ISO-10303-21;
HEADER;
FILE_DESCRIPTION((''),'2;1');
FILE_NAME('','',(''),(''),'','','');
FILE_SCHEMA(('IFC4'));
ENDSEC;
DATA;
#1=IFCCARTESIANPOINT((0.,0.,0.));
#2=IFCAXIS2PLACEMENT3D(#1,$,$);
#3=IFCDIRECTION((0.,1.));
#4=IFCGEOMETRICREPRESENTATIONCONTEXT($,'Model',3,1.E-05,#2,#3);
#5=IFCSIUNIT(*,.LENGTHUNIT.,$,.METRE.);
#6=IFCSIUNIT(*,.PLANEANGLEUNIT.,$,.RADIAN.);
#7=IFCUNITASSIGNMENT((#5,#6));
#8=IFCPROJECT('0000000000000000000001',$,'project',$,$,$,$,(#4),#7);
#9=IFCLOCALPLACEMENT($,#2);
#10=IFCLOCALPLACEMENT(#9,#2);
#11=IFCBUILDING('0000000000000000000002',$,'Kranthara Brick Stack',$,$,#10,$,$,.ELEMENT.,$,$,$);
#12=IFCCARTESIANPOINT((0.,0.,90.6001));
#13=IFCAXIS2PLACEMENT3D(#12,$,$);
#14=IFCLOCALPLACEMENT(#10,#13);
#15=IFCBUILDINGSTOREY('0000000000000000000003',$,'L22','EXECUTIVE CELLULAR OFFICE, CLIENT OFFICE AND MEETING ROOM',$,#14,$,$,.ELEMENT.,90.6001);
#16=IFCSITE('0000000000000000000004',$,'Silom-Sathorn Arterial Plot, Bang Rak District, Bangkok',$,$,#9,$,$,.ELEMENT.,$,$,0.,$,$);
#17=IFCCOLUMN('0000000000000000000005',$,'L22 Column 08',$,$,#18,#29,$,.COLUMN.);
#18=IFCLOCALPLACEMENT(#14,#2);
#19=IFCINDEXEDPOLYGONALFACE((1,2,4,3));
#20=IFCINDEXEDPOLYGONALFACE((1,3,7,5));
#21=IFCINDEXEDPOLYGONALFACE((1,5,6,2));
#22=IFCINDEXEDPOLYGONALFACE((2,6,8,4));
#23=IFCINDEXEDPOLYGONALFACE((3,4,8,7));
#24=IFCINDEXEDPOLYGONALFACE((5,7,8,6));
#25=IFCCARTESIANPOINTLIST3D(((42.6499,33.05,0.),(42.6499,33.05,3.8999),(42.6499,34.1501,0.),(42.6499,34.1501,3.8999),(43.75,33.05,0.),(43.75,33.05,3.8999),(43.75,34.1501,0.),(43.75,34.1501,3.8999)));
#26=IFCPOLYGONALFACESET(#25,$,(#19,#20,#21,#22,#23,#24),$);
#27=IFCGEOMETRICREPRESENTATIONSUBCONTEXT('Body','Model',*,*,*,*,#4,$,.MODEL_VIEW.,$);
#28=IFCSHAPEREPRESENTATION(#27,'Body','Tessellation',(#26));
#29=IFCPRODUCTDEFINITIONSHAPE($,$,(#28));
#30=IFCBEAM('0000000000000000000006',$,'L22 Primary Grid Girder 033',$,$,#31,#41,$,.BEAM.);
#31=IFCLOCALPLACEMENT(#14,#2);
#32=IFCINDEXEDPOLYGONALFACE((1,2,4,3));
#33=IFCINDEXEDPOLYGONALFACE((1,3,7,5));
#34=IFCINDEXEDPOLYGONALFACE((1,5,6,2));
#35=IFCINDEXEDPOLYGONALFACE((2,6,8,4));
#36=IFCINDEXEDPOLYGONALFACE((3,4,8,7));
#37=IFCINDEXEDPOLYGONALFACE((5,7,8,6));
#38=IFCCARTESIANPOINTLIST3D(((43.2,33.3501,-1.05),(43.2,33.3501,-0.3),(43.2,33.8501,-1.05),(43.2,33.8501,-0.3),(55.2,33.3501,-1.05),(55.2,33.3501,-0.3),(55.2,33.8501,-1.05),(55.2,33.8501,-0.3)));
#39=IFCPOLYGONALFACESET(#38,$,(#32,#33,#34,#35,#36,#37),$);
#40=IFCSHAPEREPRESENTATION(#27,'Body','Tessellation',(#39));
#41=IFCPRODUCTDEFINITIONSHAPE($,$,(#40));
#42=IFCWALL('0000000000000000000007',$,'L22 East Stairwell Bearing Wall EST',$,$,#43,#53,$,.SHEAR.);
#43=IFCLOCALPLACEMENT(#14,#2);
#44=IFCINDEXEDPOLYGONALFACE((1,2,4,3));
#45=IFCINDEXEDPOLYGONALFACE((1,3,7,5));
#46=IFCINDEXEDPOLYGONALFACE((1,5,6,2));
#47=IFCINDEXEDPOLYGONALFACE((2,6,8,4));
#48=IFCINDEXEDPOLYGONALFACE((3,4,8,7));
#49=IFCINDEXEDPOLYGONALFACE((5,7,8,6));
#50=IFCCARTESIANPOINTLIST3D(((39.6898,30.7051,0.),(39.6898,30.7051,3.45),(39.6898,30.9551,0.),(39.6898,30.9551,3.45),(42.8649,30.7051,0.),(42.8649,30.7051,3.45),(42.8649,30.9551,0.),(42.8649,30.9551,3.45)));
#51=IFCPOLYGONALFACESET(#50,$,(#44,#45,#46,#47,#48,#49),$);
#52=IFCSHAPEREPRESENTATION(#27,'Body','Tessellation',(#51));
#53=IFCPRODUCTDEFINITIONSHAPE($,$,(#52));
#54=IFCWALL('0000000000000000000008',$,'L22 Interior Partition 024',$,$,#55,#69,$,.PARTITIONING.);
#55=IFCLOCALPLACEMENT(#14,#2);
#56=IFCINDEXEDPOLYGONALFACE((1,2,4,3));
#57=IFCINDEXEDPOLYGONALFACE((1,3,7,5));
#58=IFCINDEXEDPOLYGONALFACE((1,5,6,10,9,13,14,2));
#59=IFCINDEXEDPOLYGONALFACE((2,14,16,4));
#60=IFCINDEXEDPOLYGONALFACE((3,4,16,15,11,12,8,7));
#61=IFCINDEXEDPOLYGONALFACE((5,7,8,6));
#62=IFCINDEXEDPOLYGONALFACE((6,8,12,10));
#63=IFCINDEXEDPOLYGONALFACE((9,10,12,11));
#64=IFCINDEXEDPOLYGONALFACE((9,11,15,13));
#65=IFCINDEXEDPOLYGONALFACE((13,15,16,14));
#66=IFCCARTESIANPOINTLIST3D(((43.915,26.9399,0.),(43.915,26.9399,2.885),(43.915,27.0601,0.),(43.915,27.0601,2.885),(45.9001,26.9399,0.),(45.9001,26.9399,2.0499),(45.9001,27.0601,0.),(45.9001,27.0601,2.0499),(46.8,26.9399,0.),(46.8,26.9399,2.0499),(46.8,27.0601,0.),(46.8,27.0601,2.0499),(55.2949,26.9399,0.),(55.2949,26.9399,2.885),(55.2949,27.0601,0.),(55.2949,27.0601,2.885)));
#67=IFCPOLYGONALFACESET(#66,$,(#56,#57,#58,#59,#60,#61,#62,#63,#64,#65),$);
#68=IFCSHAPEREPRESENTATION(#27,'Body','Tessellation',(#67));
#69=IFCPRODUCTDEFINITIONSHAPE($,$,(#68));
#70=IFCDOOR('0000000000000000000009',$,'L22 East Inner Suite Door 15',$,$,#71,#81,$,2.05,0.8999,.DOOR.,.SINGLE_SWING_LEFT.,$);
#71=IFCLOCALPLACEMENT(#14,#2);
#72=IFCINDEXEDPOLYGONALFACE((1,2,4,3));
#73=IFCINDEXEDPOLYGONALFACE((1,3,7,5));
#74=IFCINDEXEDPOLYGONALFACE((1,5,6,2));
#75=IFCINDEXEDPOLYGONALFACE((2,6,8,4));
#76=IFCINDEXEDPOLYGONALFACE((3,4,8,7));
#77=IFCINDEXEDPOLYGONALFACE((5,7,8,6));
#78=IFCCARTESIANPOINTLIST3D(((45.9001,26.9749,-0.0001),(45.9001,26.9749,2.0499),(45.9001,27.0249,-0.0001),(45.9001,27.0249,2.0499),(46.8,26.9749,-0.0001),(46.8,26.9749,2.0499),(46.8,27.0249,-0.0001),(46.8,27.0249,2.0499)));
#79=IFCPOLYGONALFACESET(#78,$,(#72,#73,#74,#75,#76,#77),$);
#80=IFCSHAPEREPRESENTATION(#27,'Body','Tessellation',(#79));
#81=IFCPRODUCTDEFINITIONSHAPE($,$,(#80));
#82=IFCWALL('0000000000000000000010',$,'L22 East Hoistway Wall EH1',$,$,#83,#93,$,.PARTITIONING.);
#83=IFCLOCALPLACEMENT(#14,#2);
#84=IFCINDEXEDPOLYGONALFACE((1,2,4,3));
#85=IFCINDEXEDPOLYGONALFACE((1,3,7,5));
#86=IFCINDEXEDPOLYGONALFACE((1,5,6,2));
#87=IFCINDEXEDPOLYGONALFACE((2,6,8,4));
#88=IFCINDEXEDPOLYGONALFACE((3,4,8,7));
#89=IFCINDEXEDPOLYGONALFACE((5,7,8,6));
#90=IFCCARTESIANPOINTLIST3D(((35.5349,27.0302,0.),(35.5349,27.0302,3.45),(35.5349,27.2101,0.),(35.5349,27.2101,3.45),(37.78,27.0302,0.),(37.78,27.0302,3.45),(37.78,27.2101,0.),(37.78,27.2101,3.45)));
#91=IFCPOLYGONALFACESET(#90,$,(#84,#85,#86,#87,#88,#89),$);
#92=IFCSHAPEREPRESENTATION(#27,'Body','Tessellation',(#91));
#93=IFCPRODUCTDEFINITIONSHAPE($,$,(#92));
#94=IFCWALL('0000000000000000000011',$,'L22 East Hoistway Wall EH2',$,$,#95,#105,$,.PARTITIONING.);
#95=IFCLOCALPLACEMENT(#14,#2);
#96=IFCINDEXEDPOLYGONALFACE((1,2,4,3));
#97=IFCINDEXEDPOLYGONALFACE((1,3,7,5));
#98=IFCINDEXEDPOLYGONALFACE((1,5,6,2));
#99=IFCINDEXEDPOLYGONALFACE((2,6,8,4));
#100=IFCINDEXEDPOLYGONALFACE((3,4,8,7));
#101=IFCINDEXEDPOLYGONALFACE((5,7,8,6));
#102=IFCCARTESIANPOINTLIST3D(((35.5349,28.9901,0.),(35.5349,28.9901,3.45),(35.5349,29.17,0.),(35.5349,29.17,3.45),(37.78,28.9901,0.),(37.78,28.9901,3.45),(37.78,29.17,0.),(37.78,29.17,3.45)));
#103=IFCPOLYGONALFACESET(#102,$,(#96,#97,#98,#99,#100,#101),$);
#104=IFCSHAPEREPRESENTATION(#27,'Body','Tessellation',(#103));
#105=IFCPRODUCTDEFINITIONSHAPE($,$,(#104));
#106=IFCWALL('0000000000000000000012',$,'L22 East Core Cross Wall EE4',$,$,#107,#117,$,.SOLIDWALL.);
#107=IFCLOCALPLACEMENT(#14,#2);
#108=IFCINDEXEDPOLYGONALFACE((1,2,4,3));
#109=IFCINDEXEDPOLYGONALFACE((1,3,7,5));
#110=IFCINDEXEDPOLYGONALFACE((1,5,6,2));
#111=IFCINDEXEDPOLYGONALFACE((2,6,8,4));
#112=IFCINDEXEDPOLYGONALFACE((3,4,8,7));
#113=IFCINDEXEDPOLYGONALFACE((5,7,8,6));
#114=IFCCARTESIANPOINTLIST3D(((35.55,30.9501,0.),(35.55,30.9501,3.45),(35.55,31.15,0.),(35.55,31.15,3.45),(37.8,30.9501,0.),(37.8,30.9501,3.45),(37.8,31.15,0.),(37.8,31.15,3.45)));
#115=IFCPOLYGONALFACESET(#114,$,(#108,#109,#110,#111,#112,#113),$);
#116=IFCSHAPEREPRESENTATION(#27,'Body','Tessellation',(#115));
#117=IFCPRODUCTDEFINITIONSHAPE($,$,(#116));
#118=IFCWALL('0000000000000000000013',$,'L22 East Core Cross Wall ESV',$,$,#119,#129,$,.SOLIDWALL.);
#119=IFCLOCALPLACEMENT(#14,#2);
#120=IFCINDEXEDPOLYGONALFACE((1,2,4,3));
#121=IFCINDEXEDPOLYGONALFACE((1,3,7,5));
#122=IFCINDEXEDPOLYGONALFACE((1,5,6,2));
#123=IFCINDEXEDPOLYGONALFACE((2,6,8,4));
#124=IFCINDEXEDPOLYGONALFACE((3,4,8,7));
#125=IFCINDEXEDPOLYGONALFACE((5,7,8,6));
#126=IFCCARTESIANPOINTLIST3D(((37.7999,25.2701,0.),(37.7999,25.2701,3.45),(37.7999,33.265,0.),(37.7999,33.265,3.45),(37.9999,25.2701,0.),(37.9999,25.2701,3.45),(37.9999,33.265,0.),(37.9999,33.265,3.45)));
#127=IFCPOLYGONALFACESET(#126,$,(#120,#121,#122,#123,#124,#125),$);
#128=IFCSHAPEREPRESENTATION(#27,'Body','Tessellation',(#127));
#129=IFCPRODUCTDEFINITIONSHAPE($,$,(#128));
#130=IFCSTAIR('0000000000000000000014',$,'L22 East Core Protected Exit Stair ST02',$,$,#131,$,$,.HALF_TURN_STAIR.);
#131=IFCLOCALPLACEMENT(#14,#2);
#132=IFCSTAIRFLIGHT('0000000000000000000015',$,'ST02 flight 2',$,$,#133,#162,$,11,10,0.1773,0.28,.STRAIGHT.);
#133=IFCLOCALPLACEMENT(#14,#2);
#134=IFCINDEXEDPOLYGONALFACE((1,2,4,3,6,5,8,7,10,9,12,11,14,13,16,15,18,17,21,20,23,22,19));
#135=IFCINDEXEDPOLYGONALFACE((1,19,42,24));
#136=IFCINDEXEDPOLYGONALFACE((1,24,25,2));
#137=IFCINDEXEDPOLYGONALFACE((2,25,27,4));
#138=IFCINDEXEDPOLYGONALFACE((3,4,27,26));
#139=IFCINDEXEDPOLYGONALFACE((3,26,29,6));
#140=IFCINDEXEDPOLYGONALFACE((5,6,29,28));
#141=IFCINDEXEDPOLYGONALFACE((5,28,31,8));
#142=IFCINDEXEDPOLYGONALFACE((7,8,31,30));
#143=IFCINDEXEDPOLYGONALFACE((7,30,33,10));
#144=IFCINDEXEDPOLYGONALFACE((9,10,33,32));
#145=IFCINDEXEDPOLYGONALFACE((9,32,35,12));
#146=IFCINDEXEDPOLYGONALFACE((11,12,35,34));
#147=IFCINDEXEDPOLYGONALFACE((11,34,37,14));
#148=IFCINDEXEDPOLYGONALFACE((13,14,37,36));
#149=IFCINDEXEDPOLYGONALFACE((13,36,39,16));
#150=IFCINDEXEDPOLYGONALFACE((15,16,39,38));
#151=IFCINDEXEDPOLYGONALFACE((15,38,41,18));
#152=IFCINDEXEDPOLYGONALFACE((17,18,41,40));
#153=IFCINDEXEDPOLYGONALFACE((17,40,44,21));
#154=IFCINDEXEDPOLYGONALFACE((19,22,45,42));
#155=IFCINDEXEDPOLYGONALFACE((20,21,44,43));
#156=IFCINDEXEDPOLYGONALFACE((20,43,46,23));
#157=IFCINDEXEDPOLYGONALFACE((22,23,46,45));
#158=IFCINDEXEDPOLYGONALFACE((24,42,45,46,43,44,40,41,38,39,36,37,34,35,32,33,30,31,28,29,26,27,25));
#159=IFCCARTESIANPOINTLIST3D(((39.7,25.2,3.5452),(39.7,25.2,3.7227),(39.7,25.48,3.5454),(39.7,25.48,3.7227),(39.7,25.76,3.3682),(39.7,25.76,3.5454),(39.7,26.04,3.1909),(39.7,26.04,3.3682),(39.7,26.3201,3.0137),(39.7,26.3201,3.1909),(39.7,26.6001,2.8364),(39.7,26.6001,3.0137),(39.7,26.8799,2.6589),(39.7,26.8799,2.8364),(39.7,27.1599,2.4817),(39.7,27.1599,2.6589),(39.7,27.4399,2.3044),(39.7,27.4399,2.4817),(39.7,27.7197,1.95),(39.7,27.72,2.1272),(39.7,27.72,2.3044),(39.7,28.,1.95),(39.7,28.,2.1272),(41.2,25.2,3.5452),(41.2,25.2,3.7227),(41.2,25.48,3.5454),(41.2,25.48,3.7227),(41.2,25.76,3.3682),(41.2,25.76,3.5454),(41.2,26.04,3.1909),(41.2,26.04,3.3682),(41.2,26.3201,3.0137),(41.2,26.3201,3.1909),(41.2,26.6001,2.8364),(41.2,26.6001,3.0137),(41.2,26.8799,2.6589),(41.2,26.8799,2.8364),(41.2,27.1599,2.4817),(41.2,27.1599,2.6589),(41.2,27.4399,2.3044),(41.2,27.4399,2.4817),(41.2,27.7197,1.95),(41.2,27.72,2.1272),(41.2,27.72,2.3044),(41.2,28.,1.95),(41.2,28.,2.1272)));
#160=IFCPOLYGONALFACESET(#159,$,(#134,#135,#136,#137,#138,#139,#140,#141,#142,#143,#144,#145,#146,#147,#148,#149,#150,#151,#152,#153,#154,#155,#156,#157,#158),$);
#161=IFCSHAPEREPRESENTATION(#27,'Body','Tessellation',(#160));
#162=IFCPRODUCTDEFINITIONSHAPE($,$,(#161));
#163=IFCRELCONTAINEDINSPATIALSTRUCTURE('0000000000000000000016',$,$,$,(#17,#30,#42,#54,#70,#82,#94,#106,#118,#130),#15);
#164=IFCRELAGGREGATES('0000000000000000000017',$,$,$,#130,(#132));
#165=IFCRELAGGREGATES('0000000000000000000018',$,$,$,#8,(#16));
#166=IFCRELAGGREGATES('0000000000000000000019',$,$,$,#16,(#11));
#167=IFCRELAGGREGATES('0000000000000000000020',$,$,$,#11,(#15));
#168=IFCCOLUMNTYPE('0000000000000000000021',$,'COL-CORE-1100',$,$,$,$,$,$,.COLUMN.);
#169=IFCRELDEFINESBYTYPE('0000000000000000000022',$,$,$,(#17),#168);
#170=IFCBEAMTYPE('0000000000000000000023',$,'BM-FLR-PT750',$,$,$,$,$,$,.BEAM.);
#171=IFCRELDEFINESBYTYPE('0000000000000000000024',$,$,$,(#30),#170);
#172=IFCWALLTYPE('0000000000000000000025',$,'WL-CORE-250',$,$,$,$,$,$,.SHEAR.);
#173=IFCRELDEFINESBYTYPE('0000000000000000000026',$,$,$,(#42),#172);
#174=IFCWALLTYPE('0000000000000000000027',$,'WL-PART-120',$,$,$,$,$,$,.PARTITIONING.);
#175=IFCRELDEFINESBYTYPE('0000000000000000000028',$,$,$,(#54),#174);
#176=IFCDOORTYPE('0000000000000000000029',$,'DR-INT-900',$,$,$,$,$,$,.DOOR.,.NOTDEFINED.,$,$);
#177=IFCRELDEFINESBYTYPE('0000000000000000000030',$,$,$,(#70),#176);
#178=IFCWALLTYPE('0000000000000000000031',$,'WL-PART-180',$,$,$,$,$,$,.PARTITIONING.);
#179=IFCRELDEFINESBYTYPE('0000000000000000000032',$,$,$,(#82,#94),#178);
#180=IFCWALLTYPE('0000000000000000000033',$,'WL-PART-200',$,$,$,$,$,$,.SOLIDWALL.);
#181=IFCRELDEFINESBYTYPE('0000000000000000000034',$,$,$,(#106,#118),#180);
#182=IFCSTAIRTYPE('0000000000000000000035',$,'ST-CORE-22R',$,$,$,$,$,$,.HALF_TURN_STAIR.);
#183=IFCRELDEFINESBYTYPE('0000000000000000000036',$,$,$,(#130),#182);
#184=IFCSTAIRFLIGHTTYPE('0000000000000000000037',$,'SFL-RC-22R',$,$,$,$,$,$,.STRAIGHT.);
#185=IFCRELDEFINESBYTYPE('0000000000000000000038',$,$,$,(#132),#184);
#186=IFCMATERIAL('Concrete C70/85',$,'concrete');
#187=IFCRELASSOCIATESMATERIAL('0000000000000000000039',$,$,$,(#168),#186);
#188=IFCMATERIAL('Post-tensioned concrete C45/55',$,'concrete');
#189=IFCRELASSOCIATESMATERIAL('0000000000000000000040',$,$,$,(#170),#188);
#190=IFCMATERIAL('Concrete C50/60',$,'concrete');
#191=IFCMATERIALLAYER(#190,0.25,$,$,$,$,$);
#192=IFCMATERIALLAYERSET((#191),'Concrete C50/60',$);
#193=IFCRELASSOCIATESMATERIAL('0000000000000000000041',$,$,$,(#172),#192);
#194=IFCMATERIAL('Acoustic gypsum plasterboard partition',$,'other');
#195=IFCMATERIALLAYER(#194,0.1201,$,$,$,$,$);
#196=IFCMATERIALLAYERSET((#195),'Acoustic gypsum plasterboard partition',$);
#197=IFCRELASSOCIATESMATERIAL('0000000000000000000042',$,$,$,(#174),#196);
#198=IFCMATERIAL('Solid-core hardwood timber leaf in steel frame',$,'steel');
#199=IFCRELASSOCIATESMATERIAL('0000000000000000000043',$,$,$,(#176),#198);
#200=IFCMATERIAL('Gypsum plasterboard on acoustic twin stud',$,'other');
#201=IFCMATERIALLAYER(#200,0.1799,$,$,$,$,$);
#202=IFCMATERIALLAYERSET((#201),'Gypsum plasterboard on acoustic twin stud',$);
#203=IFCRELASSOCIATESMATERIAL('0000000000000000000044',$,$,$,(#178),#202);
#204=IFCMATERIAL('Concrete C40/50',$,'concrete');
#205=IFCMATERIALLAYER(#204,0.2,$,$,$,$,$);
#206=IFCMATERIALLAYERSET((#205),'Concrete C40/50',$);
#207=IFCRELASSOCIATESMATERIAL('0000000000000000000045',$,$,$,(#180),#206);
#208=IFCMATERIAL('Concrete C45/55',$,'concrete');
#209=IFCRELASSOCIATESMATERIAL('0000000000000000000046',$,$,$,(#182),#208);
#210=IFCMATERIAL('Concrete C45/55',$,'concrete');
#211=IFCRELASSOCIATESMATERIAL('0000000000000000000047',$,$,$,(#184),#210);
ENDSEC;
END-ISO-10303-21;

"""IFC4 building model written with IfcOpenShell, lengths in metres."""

from ifc_helpers import new_model, si_unit, direction, frame, frame_2d, origin, origin_2d, place, context, subcontext, project, spatial, polyline, rectangle, outline, extrude, material, layer, layer_set, material_profile, profile_set, type_object, element, fill, aggregate, save


model = new_model("IFC4")

# Units and contexts
model_context = context("Model", 3, precision=1e-05, world=origin(), true_north=direction((0.0, 1.0)))
body_context = subcontext(model_context, "Body", "Model", "MODEL_VIEW")
ifc_project = project(units=[si_unit("LENGTHUNIT", "METRE"), si_unit("PLANEANGLEUNIT", "RADIAN")], contexts=[model_context])

# Site, building, storey
site_placement = place(None, origin())
site = spatial("IfcSite", under=ifc_project, at=site_placement, Name="Silom-Sathorn Arterial Plot, Bang Rak District, Bangkok", CompositionType="ELEMENT", RefElevation=0.0)
building_placement = place(site_placement, origin())
building = spatial("IfcBuilding", under=site, at=building_placement, Name="Kranthara Brick Stack", CompositionType="ELEMENT")
storey_placement = place(building_placement, frame((0.0, 0.0, 90.6001)))
storey = spatial("IfcBuildingStorey", under=building, at=storey_placement, Name="L22", Description="EXECUTIVE CELLULAR OFFICE, CLIENT OFFICE AND MEETING ROOM", CompositionType="ELEMENT", Elevation=90.6001)

# Column
ifc_material_1 = material(Name="Concrete C70/85", Category="concrete")
ifc_material_profile_1 = material_profile(ifc_material_1, rectangle(XDim=1.1001, YDim=1.1001, at=origin_2d()), Name="RC 1100x1100")
ifc_profile_set_1 = profile_set([ifc_material_profile_1], Name="Concrete C70/85")
column_type = type_object("IfcColumnType", Name="COL-CORE-1100", PredefinedType="COLUMN", material=ifc_profile_set_1)
column_placement = place(storey_placement, frame((43.2, 33.6001, 0.0), z_axis=(0.0, 0.0, 1.0), x_axis=(1.0, 0.0, 0.0)))
element("IfcColumn", 1, at=column_placement, inside=storey, type_object=column_type, Name="L22 Column 08", PredefinedType="COLUMN", context=body_context, shape_type="SweptSolid", body=[
    extrude(rectangle(XDim=1.1001, YDim=1.1001, at=origin_2d()), origin(), (0.0, 0.0, 1.0), 3.8999),
])

# Beam
ifc_material_2 = material(Name="Post-tensioned concrete C45/55", Category="concrete")
ifc_material_profile_2 = material_profile(ifc_material_2, rectangle(XDim=0.5, YDim=0.75, at=origin_2d()), Name="PT 500x750")
ifc_profile_set_2 = profile_set([ifc_material_profile_2], Name="Post-tensioned concrete C45/55")
beam_type = type_object("IfcBeamType", Name="BM-FLR-PT750", PredefinedType="BEAM", material=ifc_profile_set_2)
beam_placement = place(storey_placement, frame((43.2, 33.6001, -0.675), z_axis=(1.0, 0.0, 0.0), x_axis=(0.0, 1.0, 0.0)))
element("IfcBeam", 2, at=beam_placement, inside=storey, type_object=beam_type, Name="L22 Primary Grid Girder 033", PredefinedType="BEAM", context=body_context, shape_type="SweptSolid", body=[
    extrude(rectangle(XDim=0.5, YDim=0.75, at=origin_2d()), origin(), (0.0, 0.0, 1.0), 12.0),
])

# Wall
ifc_material_3 = material(Name="Concrete C50/60", Category="concrete")
ifc_layer_1 = layer(ifc_material_3, 0.25)
ifc_layer_set_1 = layer_set([ifc_layer_1], Name="Concrete C50/60")
wall_type_1 = type_object("IfcWallType", Name="WL-CORE-250", PredefinedType="SHEAR", material=ifc_layer_set_1)
wall_1_placement = place(storey_placement, frame((39.6899, 30.8301, 0.0), z_axis=(0.0, 0.0, 1.0), x_axis=(1.0, 0.0, 0.0)))
element("IfcWall", 3, at=wall_1_placement, inside=storey, type_object=wall_type_1, Name="L22 East Stairwell Bearing Wall EST", PredefinedType="SHEAR", context=body_context, shape_type="SweptSolid", body=[
    extrude(rectangle(XDim=3.175, YDim=0.25, at=frame_2d((1.5874, 0.0))), origin(), (0.0, 0.0, 1.0), 3.45),
])

# Wall, opening, door
ifc_material_4 = material(Name="Acoustic gypsum plasterboard partition", Category="other")
ifc_layer_2 = layer(ifc_material_4, 0.1201)
ifc_layer_set_2 = layer_set([ifc_layer_2], Name="Acoustic gypsum plasterboard partition")
wall_type_2 = type_object("IfcWallType", Name="WL-PART-120", PredefinedType="PARTITIONING", material=ifc_layer_set_2)
wall_2_placement = place(storey_placement, frame((43.915, 27.0, 0.0), z_axis=(0.0, 0.0, 1.0), x_axis=(1.0, 0.0, 0.0)))
wall_2 = element("IfcWall", 4, at=wall_2_placement, inside=storey, type_object=wall_type_2, Name="L22 Interior Partition 024", PredefinedType="PARTITIONING", context=body_context, shape_type="SweptSolid", body=[
    extrude(rectangle(XDim=11.3799, YDim=0.1201, at=frame_2d((5.6899, 0.0))), origin(), (0.0, 0.0, 1.0), 2.885),
])
opening_1_placement = place(wall_2_placement, frame((1.9851, 0.0, 0.0)))
opening_1 = element("IfcOpeningElement", 5, at=opening_1_placement, cuts=wall_2, PredefinedType="OPENING", context=body_context, shape_type="SweptSolid", body=[
    extrude(rectangle(XDim=0.8999, YDim=2.05, at=frame_2d((0.45, 1.0249))), frame((0.0, 0.0701, 0.0), z_axis=(0.0, -1.0, 0.0), x_axis=(1.0, 0.0, 0.0)), (0.0, 0.0, 1.0), 0.1401),
])
ifc_material_5 = material(Name="Solid-core hardwood timber leaf in steel frame", Category="steel")
door_type_1 = type_object("IfcDoorType", Name="DR-INT-900", OperationType="NOTDEFINED", PredefinedType="DOOR", material=ifc_material_5)
door_1_placement = place(opening_1_placement, origin())
door_1 = element("IfcDoor", 6, at=door_1_placement, inside=storey, type_object=door_type_1, Name="L22 East Inner Suite Door 15", OperationType="SINGLE_SWING_LEFT", OverallHeight=2.05, OverallWidth=0.8999, PredefinedType="DOOR", context=body_context, shape_type="SweptSolid", body=[
    extrude(rectangle(XDim=0.8999, YDim=2.05, at=frame_2d((0.45, 1.0249))), frame((0.0, 0.0249, 0.0), z_axis=(0.0, -1.0, 0.0), x_axis=(1.0, 0.0, 0.0)), (0.0, 0.0, 1.0), 0.05),
])
fill(opening_1, door_1)

# Walls
ifc_material_6 = material(Name="Gypsum plasterboard on acoustic twin stud", Category="other")
ifc_layer_3 = layer(ifc_material_6, 0.1799)
ifc_layer_set_3 = layer_set([ifc_layer_3], Name="Gypsum plasterboard on acoustic twin stud")
wall_type_3 = type_object("IfcWallType", Name="WL-PART-180", PredefinedType="PARTITIONING", material=ifc_layer_set_3)
for number, where, z_axis, x_axis, name in (
    (7, (35.5349, 27.1201, 0.0), (0.0, 0.0, 1.0), (1.0, 0.0, 0.0), "L22 East Hoistway Wall EH1"),
    (8, (35.5349, 29.0801, 0.0), (0.0, 0.0, 1.0), (1.0, 0.0, 0.0), "L22 East Hoistway Wall EH2"),
):
    element("IfcWall", number, at=place(storey_placement, frame(where, z_axis=z_axis, x_axis=x_axis)), inside=storey, type_object=wall_type_3, Name=name, PredefinedType="PARTITIONING", context=body_context, shape_type="SweptSolid", body=[
        extrude(rectangle(XDim=2.2451, YDim=0.1799, at=frame_2d((1.1226, 0.0))), origin(), (0.0, 0.0, 1.0), 3.45),
    ])
ifc_material_7 = material(Name="Concrete C40/50", Category="concrete")
ifc_layer_4 = layer(ifc_material_7, 0.2)
ifc_layer_set_4 = layer_set([ifc_layer_4], Name="Concrete C40/50")
wall_type_4 = type_object("IfcWallType", Name="WL-PART-200", PredefinedType="SOLIDWALL", material=ifc_layer_set_4)
wall_3_placement = place(storey_placement, frame((35.55, 31.05, 0.0), z_axis=(0.0, 0.0, 1.0), x_axis=(1.0, 0.0, 0.0)))
element("IfcWall", 9, at=wall_3_placement, inside=storey, type_object=wall_type_4, Name="L22 East Core Cross Wall EE4", PredefinedType="SOLIDWALL", context=body_context, shape_type="SweptSolid", body=[
    extrude(rectangle(XDim=2.25, YDim=0.2, at=frame_2d((1.125, 0.0))), origin(), (0.0, 0.0, 1.0), 3.45),
])
wall_4_placement = place(storey_placement, frame((37.8999, 25.27, 0.0), z_axis=(0.0, 0.0, 1.0), x_axis=(0.0, 1.0, 0.0)))
element("IfcWall", 10, at=wall_4_placement, inside=storey, type_object=wall_type_4, Name="L22 East Core Cross Wall ESV", PredefinedType="SOLIDWALL", context=body_context, shape_type="SweptSolid", body=[
    extrude(rectangle(XDim=7.9949, YDim=0.2, at=frame_2d((3.9976, 0.0))), origin(), (0.0, 0.0, 1.0), 3.45),
])

# Stair, stair flight
ifc_material_8 = material(Name="Concrete C45/55", Category="concrete")
stair_type = type_object("IfcStairType", Name="ST-CORE-22R", PredefinedType="HALF_TURN_STAIR", material=ifc_material_8)
stair_placement = place(storey_placement, origin())
stair = element("IfcStair", 11, at=stair_placement, inside=storey, type_object=stair_type, Name="L22 East Core Protected Exit Stair ST02", PredefinedType="HALF_TURN_STAIR")
ifc_material_9 = material(Name="Concrete C45/55", Category="concrete")
stair_flight_type = type_object("IfcStairFlightType", Name="SFL-RC-22R", PredefinedType="STRAIGHT", material=ifc_material_9)
stair_flight_placement = place(storey_placement, frame((40.45, 28.0, 1.95), z_axis=(0.0, 0.0, 1.0), x_axis=(0.0, -1.0, 0.0)))
stair_flight = element("IfcStairFlight", 12, at=stair_flight_placement, type_object=stair_flight_type, Name="ST02 flight 2", NumberOfRisers=11, NumberOfTreads=10, PredefinedType="STRAIGHT", RiserHeight=0.1773, TreadLength=0.28, context=body_context, shape_type="SweptSolid", body=[
    extrude(outline(polyline([(0.0, 0.0), (0.0, 0.1772), (0.28, 0.1772), (0.28, 0.3545), (0.5601, 0.3545), (0.5601, 0.5317), (0.8401, 0.5317), (0.8401, 0.709), (1.1201, 0.709), (1.1201, 0.8865), (1.3999, 0.8865), (1.3999, 1.0637), (1.6799, 1.0637), (1.6799, 1.241), (1.96, 1.241), (1.96, 1.4182), (2.24, 1.4182), (2.24, 1.5955), (2.52, 1.5955), (2.52, 1.7727), (2.8, 1.7727), (2.8, 1.95), (2.8, 1.5952), (0.2803, 0.0), (0.0, 0.0)])), frame((0.0, 0.75, 0.0), z_axis=(0.0, -1.0, 0.0), x_axis=(1.0, 0.0, 0.0)), (0.0, 0.0, 1.0), 1.5),
])
aggregate(stair, [stair_flight])

save(model, "model.ifc")
